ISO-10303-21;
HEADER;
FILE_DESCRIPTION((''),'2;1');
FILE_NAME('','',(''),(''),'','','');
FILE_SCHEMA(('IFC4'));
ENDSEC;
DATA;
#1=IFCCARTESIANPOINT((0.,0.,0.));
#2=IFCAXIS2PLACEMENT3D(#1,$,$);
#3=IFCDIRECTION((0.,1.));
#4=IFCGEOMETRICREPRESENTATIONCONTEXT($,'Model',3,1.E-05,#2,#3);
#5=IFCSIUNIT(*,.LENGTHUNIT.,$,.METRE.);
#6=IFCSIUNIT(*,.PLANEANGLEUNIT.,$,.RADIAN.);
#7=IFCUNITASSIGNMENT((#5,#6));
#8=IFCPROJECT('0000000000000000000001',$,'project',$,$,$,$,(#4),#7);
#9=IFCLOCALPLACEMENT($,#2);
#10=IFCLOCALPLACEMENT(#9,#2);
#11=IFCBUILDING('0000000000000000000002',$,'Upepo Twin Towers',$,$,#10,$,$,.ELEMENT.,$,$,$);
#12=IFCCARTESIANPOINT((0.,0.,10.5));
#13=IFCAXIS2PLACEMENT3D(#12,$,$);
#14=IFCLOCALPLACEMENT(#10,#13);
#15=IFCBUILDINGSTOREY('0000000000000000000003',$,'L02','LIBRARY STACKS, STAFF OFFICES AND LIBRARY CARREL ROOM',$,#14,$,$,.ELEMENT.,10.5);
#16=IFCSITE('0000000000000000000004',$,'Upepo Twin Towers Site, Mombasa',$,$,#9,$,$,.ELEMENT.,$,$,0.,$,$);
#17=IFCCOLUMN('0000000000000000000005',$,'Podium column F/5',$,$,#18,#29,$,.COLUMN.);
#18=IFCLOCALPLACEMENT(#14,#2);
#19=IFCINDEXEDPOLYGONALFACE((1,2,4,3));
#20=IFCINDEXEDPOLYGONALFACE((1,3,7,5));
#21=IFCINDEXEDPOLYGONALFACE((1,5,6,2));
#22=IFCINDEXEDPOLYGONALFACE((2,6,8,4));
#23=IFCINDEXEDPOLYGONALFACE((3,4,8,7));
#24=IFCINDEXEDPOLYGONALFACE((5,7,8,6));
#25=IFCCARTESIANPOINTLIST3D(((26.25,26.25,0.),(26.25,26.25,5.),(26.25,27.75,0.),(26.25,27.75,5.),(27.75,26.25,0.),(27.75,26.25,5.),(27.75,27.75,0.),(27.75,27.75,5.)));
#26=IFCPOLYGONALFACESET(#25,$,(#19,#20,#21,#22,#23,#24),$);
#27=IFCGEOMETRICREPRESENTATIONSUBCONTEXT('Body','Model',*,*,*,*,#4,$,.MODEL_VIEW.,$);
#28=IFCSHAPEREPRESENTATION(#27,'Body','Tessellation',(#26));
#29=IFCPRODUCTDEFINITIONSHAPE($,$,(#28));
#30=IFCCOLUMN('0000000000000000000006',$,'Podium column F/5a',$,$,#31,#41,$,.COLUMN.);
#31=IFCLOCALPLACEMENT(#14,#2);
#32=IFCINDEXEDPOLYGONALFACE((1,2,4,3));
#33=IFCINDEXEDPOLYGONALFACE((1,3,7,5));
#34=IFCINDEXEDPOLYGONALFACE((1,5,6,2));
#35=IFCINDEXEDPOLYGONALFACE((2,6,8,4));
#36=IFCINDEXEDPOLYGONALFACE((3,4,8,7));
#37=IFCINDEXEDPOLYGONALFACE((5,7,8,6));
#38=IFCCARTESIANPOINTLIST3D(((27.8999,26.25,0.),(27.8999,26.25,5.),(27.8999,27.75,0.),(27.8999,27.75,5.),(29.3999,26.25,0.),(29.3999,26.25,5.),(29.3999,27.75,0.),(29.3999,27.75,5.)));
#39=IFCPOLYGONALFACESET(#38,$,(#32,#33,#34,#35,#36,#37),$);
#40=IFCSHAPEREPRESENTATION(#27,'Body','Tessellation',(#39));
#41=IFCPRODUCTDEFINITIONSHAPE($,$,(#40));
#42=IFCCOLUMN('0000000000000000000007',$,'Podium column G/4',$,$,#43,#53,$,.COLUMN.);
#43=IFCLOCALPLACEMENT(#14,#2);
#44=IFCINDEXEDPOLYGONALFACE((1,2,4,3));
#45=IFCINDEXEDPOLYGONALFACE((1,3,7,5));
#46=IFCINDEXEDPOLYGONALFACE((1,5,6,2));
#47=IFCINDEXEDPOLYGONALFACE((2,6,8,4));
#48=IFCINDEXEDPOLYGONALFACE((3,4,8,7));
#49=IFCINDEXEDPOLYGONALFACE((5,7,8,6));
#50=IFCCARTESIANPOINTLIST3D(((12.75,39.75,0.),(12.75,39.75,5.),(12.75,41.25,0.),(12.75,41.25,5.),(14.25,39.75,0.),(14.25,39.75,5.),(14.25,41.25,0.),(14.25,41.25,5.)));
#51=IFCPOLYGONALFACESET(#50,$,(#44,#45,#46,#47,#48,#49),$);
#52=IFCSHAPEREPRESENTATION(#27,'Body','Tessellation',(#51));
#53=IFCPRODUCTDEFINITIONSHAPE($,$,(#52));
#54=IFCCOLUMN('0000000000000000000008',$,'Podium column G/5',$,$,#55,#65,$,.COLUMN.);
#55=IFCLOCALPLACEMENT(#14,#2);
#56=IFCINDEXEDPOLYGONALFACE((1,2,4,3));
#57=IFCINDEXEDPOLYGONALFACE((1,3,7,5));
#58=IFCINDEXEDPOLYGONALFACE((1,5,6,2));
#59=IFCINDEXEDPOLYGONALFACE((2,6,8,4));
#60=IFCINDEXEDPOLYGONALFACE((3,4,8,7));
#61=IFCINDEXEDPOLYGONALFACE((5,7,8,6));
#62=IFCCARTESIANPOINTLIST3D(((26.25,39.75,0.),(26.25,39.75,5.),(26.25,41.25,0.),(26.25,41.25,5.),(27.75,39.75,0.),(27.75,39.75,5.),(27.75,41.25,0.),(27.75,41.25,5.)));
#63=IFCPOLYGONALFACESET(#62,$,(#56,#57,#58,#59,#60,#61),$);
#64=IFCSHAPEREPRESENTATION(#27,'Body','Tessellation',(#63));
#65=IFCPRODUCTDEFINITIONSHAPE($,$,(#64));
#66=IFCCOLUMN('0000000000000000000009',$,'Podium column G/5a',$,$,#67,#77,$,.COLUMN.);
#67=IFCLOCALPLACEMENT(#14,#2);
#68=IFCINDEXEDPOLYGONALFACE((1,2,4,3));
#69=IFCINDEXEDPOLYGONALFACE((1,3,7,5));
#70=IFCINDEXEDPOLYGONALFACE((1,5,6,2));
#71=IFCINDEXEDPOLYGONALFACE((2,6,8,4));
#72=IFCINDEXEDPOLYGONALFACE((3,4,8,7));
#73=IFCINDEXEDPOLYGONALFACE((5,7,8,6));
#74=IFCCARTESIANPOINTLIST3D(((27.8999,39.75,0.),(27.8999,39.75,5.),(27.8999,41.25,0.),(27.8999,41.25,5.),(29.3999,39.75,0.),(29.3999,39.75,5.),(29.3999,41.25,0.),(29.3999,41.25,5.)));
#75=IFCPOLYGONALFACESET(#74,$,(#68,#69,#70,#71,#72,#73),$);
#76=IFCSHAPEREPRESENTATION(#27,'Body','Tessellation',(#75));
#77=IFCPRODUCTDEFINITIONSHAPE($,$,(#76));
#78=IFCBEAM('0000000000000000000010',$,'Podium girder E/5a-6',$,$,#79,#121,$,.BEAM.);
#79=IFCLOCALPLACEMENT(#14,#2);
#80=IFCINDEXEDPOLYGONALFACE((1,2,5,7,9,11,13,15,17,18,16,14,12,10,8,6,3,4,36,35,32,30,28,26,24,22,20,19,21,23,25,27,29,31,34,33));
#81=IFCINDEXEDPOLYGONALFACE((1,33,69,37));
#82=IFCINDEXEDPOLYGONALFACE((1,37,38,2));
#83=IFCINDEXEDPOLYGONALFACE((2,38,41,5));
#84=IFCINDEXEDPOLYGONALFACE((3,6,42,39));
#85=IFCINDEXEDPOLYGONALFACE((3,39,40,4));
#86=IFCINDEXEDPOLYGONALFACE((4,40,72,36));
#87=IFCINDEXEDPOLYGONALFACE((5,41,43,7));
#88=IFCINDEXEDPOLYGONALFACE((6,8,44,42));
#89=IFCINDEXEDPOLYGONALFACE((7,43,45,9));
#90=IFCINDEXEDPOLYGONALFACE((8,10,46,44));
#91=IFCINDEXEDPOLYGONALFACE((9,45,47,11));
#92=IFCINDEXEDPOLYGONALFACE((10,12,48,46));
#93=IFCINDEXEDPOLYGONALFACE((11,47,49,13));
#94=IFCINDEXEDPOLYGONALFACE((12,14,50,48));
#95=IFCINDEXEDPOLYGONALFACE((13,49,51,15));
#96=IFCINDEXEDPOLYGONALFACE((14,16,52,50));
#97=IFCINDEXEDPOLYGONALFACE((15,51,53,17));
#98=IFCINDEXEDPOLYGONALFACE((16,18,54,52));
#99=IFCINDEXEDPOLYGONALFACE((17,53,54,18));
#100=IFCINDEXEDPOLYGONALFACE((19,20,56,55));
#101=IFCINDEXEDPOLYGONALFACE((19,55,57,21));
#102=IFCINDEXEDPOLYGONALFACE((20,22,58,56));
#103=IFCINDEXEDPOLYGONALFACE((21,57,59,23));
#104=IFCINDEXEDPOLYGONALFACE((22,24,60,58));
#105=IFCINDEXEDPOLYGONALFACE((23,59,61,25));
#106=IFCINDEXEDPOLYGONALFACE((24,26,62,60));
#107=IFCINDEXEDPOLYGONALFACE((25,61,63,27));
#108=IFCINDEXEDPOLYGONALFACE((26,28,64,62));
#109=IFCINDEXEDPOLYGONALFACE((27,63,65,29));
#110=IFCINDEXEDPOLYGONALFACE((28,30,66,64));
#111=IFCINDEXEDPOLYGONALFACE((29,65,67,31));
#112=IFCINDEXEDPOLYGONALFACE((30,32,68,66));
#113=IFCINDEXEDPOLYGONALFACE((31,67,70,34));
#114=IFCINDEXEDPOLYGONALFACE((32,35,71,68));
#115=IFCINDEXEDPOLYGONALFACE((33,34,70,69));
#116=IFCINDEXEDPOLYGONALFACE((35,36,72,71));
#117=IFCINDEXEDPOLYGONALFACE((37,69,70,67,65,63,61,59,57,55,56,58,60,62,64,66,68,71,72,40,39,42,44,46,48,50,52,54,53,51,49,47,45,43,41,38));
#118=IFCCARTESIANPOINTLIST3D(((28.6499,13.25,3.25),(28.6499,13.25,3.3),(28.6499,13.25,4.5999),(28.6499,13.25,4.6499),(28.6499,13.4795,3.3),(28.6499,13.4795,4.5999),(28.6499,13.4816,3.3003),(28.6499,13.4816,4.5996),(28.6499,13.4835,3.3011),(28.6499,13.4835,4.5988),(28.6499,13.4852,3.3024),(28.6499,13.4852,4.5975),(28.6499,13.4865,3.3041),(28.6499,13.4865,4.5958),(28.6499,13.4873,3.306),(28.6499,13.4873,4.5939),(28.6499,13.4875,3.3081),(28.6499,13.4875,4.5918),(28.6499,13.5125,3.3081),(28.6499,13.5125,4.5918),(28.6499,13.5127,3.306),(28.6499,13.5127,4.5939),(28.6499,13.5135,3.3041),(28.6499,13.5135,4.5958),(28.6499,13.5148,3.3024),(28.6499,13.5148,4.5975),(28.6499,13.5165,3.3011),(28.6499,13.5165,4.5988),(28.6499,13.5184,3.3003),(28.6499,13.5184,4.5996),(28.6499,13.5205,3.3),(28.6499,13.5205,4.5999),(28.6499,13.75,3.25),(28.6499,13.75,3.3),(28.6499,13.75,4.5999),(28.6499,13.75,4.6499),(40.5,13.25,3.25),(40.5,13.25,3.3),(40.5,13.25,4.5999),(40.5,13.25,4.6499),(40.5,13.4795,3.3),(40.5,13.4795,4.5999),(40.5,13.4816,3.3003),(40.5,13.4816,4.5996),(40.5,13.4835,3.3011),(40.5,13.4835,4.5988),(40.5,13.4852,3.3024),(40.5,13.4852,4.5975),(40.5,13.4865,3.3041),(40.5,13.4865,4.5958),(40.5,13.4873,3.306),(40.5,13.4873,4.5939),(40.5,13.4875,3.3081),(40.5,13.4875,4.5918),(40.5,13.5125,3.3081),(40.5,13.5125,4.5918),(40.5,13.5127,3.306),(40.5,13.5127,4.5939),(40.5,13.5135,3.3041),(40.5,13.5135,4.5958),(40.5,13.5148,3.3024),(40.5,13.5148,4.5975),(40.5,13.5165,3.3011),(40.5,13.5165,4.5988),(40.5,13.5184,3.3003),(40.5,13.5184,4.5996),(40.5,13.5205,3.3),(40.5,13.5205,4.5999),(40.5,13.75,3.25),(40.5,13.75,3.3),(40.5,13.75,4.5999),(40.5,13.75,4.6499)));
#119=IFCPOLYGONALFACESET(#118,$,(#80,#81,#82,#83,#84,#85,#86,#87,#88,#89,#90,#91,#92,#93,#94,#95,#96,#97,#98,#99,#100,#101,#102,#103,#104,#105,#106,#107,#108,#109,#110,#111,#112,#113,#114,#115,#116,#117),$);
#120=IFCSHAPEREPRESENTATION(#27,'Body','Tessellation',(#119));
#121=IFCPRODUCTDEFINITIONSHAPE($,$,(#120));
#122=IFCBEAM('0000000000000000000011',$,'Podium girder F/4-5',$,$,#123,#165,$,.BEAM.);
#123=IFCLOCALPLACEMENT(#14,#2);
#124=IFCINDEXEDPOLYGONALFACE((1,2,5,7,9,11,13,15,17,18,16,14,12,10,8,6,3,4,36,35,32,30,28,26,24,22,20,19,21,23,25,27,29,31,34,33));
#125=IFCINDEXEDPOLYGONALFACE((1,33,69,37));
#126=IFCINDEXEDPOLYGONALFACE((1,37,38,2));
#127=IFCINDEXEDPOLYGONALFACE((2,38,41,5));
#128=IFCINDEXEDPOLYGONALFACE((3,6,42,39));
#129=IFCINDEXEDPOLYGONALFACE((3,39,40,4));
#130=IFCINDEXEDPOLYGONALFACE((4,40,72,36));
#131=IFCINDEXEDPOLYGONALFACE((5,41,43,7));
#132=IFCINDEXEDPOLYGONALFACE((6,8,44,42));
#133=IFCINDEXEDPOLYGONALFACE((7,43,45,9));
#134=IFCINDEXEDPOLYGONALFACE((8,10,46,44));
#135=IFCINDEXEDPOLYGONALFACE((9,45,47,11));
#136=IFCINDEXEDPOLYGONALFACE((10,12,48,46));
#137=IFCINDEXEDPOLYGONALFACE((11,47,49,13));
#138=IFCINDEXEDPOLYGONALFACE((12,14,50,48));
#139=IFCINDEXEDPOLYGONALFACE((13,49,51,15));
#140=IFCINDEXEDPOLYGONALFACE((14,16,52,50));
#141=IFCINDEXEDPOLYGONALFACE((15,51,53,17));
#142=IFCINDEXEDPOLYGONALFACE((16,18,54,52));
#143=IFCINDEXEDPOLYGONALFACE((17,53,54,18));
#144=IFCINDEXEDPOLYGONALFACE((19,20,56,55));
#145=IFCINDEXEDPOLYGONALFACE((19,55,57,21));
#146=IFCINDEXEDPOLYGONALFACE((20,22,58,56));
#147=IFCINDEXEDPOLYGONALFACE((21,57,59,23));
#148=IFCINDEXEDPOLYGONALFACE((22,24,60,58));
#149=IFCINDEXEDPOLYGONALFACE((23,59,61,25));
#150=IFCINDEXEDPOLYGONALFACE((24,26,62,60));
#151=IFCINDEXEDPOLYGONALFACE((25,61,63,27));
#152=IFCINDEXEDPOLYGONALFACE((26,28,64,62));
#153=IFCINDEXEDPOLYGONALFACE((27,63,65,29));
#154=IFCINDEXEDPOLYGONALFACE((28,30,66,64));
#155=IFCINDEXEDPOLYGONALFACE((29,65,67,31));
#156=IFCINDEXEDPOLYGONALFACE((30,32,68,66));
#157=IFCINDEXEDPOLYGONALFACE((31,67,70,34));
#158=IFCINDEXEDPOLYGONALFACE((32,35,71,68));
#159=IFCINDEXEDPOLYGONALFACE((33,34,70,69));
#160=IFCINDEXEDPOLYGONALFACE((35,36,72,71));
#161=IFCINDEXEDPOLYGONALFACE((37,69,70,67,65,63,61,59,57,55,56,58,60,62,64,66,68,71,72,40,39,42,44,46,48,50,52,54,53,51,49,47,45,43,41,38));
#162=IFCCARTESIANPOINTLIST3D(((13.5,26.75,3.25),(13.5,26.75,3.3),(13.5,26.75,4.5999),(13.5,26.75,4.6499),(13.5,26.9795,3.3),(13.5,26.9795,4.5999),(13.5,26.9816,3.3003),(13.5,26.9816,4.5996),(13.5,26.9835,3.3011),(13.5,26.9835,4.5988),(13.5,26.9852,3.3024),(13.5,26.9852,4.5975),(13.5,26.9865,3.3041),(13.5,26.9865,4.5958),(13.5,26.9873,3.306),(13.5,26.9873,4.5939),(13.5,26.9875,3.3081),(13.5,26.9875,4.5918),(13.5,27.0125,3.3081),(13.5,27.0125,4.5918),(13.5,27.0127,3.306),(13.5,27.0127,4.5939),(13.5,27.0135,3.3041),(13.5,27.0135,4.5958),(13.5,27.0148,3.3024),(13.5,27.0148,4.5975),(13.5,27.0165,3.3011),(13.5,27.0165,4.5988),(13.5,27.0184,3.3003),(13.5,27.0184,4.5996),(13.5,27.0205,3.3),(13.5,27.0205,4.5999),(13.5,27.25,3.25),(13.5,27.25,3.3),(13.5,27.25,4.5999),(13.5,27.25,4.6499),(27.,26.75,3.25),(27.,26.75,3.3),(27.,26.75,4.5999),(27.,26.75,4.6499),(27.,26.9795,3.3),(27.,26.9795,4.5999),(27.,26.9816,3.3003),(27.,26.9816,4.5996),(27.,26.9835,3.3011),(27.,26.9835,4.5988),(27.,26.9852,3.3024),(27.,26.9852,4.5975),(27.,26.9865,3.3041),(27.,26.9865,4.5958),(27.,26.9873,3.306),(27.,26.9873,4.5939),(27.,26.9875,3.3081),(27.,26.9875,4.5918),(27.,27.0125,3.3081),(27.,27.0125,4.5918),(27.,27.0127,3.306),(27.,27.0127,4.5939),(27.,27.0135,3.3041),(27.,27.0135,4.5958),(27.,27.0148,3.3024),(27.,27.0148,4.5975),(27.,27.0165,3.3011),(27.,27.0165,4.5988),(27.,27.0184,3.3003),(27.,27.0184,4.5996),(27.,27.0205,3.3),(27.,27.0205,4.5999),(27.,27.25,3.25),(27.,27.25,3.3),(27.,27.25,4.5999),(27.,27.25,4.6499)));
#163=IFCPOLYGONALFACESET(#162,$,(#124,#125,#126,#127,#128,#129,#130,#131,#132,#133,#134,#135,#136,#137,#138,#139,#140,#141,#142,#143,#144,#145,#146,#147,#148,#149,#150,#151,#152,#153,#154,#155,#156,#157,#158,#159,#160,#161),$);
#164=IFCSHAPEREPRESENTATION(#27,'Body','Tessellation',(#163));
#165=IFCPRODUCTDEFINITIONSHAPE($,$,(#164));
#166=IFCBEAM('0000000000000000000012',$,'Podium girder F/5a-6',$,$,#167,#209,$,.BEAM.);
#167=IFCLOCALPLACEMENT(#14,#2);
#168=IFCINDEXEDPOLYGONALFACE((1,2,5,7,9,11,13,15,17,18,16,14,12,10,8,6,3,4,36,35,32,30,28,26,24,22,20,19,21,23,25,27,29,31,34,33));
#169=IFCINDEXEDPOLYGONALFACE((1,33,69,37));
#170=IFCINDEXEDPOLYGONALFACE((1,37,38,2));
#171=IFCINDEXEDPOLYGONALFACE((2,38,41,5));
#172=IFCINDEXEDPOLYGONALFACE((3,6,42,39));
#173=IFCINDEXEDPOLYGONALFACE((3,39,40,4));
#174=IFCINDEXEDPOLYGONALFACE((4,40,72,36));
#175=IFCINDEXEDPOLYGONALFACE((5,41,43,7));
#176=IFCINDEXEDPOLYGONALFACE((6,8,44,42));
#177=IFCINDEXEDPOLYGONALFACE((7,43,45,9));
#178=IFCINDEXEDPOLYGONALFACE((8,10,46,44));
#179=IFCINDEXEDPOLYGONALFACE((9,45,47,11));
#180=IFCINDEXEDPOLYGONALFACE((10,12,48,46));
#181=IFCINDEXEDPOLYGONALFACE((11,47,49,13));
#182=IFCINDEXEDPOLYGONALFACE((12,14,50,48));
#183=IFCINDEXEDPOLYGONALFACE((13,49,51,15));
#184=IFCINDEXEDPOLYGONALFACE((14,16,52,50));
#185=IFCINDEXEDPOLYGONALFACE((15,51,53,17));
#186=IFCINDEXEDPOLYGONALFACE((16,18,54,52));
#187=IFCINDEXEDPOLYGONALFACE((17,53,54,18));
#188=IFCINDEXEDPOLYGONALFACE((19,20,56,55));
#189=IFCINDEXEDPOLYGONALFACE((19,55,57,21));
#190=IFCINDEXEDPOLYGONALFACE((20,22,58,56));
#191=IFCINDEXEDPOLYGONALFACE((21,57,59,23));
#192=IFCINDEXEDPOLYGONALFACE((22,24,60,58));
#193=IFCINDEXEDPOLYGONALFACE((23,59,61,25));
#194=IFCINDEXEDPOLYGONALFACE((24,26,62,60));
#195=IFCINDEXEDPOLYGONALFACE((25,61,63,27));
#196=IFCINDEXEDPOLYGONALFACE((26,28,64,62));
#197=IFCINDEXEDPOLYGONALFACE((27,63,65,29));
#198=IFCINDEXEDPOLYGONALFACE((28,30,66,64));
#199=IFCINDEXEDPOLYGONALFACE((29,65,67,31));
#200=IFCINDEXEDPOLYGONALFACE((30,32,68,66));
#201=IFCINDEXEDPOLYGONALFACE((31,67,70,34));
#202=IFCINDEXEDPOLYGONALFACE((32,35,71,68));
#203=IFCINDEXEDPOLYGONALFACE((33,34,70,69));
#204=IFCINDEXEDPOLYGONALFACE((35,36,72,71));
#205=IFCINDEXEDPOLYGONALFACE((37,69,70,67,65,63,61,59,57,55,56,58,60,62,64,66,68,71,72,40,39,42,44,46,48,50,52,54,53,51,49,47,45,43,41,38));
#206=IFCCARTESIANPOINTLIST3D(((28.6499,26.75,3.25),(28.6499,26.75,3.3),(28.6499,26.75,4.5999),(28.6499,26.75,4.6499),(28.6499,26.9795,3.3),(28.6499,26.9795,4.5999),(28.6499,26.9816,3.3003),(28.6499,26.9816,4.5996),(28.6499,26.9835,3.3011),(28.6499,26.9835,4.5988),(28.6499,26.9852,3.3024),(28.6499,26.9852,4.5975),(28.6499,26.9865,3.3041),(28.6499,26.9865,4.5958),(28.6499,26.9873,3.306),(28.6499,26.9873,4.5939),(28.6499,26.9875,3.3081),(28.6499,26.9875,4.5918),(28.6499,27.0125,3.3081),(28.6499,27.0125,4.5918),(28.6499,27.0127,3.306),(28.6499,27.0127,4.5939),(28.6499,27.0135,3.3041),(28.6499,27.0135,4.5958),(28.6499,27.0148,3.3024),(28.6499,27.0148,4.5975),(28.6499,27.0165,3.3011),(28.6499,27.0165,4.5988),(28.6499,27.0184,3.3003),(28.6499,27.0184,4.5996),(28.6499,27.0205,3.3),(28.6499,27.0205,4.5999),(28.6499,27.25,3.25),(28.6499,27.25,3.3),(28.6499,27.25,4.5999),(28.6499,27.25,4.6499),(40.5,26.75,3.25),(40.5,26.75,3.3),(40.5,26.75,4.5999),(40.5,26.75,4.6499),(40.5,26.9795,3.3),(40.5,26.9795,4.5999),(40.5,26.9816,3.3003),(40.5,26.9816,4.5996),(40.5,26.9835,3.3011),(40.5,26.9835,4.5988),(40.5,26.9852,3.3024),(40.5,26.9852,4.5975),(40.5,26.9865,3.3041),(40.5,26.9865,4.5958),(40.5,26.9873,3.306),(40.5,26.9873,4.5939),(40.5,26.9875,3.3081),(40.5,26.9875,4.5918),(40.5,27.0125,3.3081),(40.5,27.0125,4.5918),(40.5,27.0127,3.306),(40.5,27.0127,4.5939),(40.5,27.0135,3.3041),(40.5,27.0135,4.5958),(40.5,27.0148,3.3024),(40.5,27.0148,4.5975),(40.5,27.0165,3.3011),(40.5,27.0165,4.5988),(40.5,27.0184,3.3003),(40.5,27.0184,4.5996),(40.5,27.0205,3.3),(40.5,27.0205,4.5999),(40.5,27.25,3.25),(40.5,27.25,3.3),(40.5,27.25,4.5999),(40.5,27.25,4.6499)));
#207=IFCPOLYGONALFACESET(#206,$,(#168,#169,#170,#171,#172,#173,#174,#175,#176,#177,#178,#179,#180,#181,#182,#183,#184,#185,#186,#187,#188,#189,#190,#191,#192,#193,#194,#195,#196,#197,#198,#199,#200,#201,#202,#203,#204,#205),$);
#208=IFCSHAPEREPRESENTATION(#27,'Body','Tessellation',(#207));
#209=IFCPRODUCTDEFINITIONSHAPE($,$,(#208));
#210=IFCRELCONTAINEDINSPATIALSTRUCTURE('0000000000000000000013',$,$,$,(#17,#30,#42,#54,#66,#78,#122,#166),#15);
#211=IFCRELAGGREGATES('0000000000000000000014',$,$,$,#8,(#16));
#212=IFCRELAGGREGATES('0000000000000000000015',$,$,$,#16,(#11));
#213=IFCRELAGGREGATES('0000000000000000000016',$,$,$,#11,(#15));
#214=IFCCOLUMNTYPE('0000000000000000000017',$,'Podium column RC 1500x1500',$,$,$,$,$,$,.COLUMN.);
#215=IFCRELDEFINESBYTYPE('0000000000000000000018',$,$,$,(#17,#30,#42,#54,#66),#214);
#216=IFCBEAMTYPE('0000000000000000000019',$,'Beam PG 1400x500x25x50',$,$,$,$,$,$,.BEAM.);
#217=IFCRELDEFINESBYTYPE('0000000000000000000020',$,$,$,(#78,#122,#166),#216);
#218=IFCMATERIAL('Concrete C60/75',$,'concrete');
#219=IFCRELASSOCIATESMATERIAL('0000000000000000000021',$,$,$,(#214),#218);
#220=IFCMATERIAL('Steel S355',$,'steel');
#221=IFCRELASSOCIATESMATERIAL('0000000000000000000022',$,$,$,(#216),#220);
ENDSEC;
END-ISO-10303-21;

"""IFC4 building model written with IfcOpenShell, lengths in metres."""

from ifc_helpers import new_model, si_unit, direction, frame, origin, origin_2d, place, context, subcontext, project, spatial, rectangle, i_section, extrude, material, material_profile, profile_set, type_object, element, save


model = new_model("IFC4")

# Units and contexts
model_context = context("Model", 3, precision=1e-05, world=origin(), true_north=direction((0.0, 1.0)))
body_context = subcontext(model_context, "Body", "Model", "MODEL_VIEW")
ifc_project = project(units=[si_unit("LENGTHUNIT", "METRE"), si_unit("PLANEANGLEUNIT", "RADIAN")], contexts=[model_context])

# Site, building, storey
site_placement = place(None, origin())
site = spatial("IfcSite", under=ifc_project, at=site_placement, Name="Upepo Twin Towers Site, Mombasa", CompositionType="ELEMENT", RefElevation=0.0)
building_placement = place(site_placement, origin())
building = spatial("IfcBuilding", under=site, at=building_placement, Name="Upepo Twin Towers", CompositionType="ELEMENT")
storey_placement = place(building_placement, frame((0.0, 0.0, 10.5)))
storey = spatial("IfcBuildingStorey", under=building, at=storey_placement, Name="L02", Description="LIBRARY STACKS, STAFF OFFICES AND LIBRARY CARREL ROOM", CompositionType="ELEMENT", Elevation=10.5)

# Columns
ifc_material_1 = material(Name="Concrete C60/75", Category="concrete")
ifc_material_profile_1 = material_profile(ifc_material_1, rectangle(XDim=1.5, YDim=1.5, at=origin_2d()), Name="RC 1500x1500")
ifc_profile_set_1 = profile_set([ifc_material_profile_1], Name="Concrete C60/75")
column_type = type_object("IfcColumnType", Name="Podium column RC 1500x1500", PredefinedType="COLUMN", material=ifc_profile_set_1)
for number, where, z_axis, x_axis, name in (
    (1, (27.0, 27.0, 0.0), (0.0, 0.0, 1.0), (1.0, 0.0, 0.0), "Podium column F/5"),
    (2, (28.6499, 27.0, 0.0), (0.0, 0.0, 1.0), (1.0, 0.0, 0.0), "Podium column F/5a"),
    (3, (13.5, 40.5, 0.0), (0.0, 0.0, 1.0), (1.0, 0.0, 0.0), "Podium column G/4"),
    (4, (27.0, 40.5, 0.0), (0.0, 0.0, 1.0), (1.0, 0.0, 0.0), "Podium column G/5"),
    (5, (28.6499, 40.5, 0.0), (0.0, 0.0, 1.0), (1.0, 0.0, 0.0), "Podium column G/5a"),
):
    element("IfcColumn", number, at=place(storey_placement, frame(where, z_axis=z_axis, x_axis=x_axis)), inside=storey, type_object=column_type, Name=name, PredefinedType="COLUMN", context=body_context, shape_type="SweptSolid", body=[
        extrude(rectangle(XDim=1.5, YDim=1.5, at=origin_2d()), origin(), (0.0, 0.0, 1.0), 5.0),
    ])

# Beams
ifc_material_2 = material(Name="Steel S355", Category="steel")
ifc_material_profile_2 = material_profile(ifc_material_2, i_section(OverallWidth=0.5, OverallDepth=1.3999, WebThickness=0.0249, FlangeThickness=0.05, FilletRadius=0.0081, at=origin_2d()), Name="PG 1400x500x25x50")
ifc_profile_set_2 = profile_set([ifc_material_profile_2], Name="Steel S355")
beam_type_1 = type_object("IfcBeamType", Name="Beam PG 1400x500x25x50", PredefinedType="BEAM", material=ifc_profile_set_2)
beam_1_placement = place(storey_placement, frame((28.6499, 13.5, 3.95), z_axis=(1.0, 0.0, 0.0), x_axis=(0.0, 1.0, 0.0)))
element("IfcBeam", 6, at=beam_1_placement, inside=storey, type_object=beam_type_1, Name="Podium girder E/5a-6", PredefinedType="BEAM", context=body_context, shape_type="SweptSolid", body=[
    extrude(i_section(OverallWidth=0.5, OverallDepth=1.3999, WebThickness=0.0249, FlangeThickness=0.05, FilletRadius=0.0081, at=origin_2d()), origin(), (0.0, 0.0, 1.0), 11.8501),
])
beam_2_placement = place(storey_placement, frame((13.5, 27.0, 3.95), z_axis=(1.0, 0.0, 0.0), x_axis=(0.0, 1.0, 0.0)))
element("IfcBeam", 7, at=beam_2_placement, inside=storey, type_object=beam_type_1, Name="Podium girder F/4-5", PredefinedType="BEAM", context=body_context, shape_type="SweptSolid", body=[
    extrude(i_section(OverallWidth=0.5, OverallDepth=1.3999, WebThickness=0.0249, FlangeThickness=0.05, FilletRadius=0.0081, at=origin_2d()), origin(), (0.0, 0.0, 1.0), 13.5),
])
beam_3_placement = place(storey_placement, frame((28.6499, 27.0, 3.95), z_axis=(1.0, 0.0, 0.0), x_axis=(0.0, 1.0, 0.0)))
element("IfcBeam", 8, at=beam_3_placement, inside=storey, type_object=beam_type_1, Name="Podium girder F/5a-6", PredefinedType="BEAM", context=body_context, shape_type="SweptSolid", body=[
    extrude(i_section(OverallWidth=0.5, OverallDepth=1.3999, WebThickness=0.0249, FlangeThickness=0.05, FilletRadius=0.0081, at=origin_2d()), origin(), (0.0, 0.0, 1.0), 11.8501),
])

save(model, "model.ifc")
